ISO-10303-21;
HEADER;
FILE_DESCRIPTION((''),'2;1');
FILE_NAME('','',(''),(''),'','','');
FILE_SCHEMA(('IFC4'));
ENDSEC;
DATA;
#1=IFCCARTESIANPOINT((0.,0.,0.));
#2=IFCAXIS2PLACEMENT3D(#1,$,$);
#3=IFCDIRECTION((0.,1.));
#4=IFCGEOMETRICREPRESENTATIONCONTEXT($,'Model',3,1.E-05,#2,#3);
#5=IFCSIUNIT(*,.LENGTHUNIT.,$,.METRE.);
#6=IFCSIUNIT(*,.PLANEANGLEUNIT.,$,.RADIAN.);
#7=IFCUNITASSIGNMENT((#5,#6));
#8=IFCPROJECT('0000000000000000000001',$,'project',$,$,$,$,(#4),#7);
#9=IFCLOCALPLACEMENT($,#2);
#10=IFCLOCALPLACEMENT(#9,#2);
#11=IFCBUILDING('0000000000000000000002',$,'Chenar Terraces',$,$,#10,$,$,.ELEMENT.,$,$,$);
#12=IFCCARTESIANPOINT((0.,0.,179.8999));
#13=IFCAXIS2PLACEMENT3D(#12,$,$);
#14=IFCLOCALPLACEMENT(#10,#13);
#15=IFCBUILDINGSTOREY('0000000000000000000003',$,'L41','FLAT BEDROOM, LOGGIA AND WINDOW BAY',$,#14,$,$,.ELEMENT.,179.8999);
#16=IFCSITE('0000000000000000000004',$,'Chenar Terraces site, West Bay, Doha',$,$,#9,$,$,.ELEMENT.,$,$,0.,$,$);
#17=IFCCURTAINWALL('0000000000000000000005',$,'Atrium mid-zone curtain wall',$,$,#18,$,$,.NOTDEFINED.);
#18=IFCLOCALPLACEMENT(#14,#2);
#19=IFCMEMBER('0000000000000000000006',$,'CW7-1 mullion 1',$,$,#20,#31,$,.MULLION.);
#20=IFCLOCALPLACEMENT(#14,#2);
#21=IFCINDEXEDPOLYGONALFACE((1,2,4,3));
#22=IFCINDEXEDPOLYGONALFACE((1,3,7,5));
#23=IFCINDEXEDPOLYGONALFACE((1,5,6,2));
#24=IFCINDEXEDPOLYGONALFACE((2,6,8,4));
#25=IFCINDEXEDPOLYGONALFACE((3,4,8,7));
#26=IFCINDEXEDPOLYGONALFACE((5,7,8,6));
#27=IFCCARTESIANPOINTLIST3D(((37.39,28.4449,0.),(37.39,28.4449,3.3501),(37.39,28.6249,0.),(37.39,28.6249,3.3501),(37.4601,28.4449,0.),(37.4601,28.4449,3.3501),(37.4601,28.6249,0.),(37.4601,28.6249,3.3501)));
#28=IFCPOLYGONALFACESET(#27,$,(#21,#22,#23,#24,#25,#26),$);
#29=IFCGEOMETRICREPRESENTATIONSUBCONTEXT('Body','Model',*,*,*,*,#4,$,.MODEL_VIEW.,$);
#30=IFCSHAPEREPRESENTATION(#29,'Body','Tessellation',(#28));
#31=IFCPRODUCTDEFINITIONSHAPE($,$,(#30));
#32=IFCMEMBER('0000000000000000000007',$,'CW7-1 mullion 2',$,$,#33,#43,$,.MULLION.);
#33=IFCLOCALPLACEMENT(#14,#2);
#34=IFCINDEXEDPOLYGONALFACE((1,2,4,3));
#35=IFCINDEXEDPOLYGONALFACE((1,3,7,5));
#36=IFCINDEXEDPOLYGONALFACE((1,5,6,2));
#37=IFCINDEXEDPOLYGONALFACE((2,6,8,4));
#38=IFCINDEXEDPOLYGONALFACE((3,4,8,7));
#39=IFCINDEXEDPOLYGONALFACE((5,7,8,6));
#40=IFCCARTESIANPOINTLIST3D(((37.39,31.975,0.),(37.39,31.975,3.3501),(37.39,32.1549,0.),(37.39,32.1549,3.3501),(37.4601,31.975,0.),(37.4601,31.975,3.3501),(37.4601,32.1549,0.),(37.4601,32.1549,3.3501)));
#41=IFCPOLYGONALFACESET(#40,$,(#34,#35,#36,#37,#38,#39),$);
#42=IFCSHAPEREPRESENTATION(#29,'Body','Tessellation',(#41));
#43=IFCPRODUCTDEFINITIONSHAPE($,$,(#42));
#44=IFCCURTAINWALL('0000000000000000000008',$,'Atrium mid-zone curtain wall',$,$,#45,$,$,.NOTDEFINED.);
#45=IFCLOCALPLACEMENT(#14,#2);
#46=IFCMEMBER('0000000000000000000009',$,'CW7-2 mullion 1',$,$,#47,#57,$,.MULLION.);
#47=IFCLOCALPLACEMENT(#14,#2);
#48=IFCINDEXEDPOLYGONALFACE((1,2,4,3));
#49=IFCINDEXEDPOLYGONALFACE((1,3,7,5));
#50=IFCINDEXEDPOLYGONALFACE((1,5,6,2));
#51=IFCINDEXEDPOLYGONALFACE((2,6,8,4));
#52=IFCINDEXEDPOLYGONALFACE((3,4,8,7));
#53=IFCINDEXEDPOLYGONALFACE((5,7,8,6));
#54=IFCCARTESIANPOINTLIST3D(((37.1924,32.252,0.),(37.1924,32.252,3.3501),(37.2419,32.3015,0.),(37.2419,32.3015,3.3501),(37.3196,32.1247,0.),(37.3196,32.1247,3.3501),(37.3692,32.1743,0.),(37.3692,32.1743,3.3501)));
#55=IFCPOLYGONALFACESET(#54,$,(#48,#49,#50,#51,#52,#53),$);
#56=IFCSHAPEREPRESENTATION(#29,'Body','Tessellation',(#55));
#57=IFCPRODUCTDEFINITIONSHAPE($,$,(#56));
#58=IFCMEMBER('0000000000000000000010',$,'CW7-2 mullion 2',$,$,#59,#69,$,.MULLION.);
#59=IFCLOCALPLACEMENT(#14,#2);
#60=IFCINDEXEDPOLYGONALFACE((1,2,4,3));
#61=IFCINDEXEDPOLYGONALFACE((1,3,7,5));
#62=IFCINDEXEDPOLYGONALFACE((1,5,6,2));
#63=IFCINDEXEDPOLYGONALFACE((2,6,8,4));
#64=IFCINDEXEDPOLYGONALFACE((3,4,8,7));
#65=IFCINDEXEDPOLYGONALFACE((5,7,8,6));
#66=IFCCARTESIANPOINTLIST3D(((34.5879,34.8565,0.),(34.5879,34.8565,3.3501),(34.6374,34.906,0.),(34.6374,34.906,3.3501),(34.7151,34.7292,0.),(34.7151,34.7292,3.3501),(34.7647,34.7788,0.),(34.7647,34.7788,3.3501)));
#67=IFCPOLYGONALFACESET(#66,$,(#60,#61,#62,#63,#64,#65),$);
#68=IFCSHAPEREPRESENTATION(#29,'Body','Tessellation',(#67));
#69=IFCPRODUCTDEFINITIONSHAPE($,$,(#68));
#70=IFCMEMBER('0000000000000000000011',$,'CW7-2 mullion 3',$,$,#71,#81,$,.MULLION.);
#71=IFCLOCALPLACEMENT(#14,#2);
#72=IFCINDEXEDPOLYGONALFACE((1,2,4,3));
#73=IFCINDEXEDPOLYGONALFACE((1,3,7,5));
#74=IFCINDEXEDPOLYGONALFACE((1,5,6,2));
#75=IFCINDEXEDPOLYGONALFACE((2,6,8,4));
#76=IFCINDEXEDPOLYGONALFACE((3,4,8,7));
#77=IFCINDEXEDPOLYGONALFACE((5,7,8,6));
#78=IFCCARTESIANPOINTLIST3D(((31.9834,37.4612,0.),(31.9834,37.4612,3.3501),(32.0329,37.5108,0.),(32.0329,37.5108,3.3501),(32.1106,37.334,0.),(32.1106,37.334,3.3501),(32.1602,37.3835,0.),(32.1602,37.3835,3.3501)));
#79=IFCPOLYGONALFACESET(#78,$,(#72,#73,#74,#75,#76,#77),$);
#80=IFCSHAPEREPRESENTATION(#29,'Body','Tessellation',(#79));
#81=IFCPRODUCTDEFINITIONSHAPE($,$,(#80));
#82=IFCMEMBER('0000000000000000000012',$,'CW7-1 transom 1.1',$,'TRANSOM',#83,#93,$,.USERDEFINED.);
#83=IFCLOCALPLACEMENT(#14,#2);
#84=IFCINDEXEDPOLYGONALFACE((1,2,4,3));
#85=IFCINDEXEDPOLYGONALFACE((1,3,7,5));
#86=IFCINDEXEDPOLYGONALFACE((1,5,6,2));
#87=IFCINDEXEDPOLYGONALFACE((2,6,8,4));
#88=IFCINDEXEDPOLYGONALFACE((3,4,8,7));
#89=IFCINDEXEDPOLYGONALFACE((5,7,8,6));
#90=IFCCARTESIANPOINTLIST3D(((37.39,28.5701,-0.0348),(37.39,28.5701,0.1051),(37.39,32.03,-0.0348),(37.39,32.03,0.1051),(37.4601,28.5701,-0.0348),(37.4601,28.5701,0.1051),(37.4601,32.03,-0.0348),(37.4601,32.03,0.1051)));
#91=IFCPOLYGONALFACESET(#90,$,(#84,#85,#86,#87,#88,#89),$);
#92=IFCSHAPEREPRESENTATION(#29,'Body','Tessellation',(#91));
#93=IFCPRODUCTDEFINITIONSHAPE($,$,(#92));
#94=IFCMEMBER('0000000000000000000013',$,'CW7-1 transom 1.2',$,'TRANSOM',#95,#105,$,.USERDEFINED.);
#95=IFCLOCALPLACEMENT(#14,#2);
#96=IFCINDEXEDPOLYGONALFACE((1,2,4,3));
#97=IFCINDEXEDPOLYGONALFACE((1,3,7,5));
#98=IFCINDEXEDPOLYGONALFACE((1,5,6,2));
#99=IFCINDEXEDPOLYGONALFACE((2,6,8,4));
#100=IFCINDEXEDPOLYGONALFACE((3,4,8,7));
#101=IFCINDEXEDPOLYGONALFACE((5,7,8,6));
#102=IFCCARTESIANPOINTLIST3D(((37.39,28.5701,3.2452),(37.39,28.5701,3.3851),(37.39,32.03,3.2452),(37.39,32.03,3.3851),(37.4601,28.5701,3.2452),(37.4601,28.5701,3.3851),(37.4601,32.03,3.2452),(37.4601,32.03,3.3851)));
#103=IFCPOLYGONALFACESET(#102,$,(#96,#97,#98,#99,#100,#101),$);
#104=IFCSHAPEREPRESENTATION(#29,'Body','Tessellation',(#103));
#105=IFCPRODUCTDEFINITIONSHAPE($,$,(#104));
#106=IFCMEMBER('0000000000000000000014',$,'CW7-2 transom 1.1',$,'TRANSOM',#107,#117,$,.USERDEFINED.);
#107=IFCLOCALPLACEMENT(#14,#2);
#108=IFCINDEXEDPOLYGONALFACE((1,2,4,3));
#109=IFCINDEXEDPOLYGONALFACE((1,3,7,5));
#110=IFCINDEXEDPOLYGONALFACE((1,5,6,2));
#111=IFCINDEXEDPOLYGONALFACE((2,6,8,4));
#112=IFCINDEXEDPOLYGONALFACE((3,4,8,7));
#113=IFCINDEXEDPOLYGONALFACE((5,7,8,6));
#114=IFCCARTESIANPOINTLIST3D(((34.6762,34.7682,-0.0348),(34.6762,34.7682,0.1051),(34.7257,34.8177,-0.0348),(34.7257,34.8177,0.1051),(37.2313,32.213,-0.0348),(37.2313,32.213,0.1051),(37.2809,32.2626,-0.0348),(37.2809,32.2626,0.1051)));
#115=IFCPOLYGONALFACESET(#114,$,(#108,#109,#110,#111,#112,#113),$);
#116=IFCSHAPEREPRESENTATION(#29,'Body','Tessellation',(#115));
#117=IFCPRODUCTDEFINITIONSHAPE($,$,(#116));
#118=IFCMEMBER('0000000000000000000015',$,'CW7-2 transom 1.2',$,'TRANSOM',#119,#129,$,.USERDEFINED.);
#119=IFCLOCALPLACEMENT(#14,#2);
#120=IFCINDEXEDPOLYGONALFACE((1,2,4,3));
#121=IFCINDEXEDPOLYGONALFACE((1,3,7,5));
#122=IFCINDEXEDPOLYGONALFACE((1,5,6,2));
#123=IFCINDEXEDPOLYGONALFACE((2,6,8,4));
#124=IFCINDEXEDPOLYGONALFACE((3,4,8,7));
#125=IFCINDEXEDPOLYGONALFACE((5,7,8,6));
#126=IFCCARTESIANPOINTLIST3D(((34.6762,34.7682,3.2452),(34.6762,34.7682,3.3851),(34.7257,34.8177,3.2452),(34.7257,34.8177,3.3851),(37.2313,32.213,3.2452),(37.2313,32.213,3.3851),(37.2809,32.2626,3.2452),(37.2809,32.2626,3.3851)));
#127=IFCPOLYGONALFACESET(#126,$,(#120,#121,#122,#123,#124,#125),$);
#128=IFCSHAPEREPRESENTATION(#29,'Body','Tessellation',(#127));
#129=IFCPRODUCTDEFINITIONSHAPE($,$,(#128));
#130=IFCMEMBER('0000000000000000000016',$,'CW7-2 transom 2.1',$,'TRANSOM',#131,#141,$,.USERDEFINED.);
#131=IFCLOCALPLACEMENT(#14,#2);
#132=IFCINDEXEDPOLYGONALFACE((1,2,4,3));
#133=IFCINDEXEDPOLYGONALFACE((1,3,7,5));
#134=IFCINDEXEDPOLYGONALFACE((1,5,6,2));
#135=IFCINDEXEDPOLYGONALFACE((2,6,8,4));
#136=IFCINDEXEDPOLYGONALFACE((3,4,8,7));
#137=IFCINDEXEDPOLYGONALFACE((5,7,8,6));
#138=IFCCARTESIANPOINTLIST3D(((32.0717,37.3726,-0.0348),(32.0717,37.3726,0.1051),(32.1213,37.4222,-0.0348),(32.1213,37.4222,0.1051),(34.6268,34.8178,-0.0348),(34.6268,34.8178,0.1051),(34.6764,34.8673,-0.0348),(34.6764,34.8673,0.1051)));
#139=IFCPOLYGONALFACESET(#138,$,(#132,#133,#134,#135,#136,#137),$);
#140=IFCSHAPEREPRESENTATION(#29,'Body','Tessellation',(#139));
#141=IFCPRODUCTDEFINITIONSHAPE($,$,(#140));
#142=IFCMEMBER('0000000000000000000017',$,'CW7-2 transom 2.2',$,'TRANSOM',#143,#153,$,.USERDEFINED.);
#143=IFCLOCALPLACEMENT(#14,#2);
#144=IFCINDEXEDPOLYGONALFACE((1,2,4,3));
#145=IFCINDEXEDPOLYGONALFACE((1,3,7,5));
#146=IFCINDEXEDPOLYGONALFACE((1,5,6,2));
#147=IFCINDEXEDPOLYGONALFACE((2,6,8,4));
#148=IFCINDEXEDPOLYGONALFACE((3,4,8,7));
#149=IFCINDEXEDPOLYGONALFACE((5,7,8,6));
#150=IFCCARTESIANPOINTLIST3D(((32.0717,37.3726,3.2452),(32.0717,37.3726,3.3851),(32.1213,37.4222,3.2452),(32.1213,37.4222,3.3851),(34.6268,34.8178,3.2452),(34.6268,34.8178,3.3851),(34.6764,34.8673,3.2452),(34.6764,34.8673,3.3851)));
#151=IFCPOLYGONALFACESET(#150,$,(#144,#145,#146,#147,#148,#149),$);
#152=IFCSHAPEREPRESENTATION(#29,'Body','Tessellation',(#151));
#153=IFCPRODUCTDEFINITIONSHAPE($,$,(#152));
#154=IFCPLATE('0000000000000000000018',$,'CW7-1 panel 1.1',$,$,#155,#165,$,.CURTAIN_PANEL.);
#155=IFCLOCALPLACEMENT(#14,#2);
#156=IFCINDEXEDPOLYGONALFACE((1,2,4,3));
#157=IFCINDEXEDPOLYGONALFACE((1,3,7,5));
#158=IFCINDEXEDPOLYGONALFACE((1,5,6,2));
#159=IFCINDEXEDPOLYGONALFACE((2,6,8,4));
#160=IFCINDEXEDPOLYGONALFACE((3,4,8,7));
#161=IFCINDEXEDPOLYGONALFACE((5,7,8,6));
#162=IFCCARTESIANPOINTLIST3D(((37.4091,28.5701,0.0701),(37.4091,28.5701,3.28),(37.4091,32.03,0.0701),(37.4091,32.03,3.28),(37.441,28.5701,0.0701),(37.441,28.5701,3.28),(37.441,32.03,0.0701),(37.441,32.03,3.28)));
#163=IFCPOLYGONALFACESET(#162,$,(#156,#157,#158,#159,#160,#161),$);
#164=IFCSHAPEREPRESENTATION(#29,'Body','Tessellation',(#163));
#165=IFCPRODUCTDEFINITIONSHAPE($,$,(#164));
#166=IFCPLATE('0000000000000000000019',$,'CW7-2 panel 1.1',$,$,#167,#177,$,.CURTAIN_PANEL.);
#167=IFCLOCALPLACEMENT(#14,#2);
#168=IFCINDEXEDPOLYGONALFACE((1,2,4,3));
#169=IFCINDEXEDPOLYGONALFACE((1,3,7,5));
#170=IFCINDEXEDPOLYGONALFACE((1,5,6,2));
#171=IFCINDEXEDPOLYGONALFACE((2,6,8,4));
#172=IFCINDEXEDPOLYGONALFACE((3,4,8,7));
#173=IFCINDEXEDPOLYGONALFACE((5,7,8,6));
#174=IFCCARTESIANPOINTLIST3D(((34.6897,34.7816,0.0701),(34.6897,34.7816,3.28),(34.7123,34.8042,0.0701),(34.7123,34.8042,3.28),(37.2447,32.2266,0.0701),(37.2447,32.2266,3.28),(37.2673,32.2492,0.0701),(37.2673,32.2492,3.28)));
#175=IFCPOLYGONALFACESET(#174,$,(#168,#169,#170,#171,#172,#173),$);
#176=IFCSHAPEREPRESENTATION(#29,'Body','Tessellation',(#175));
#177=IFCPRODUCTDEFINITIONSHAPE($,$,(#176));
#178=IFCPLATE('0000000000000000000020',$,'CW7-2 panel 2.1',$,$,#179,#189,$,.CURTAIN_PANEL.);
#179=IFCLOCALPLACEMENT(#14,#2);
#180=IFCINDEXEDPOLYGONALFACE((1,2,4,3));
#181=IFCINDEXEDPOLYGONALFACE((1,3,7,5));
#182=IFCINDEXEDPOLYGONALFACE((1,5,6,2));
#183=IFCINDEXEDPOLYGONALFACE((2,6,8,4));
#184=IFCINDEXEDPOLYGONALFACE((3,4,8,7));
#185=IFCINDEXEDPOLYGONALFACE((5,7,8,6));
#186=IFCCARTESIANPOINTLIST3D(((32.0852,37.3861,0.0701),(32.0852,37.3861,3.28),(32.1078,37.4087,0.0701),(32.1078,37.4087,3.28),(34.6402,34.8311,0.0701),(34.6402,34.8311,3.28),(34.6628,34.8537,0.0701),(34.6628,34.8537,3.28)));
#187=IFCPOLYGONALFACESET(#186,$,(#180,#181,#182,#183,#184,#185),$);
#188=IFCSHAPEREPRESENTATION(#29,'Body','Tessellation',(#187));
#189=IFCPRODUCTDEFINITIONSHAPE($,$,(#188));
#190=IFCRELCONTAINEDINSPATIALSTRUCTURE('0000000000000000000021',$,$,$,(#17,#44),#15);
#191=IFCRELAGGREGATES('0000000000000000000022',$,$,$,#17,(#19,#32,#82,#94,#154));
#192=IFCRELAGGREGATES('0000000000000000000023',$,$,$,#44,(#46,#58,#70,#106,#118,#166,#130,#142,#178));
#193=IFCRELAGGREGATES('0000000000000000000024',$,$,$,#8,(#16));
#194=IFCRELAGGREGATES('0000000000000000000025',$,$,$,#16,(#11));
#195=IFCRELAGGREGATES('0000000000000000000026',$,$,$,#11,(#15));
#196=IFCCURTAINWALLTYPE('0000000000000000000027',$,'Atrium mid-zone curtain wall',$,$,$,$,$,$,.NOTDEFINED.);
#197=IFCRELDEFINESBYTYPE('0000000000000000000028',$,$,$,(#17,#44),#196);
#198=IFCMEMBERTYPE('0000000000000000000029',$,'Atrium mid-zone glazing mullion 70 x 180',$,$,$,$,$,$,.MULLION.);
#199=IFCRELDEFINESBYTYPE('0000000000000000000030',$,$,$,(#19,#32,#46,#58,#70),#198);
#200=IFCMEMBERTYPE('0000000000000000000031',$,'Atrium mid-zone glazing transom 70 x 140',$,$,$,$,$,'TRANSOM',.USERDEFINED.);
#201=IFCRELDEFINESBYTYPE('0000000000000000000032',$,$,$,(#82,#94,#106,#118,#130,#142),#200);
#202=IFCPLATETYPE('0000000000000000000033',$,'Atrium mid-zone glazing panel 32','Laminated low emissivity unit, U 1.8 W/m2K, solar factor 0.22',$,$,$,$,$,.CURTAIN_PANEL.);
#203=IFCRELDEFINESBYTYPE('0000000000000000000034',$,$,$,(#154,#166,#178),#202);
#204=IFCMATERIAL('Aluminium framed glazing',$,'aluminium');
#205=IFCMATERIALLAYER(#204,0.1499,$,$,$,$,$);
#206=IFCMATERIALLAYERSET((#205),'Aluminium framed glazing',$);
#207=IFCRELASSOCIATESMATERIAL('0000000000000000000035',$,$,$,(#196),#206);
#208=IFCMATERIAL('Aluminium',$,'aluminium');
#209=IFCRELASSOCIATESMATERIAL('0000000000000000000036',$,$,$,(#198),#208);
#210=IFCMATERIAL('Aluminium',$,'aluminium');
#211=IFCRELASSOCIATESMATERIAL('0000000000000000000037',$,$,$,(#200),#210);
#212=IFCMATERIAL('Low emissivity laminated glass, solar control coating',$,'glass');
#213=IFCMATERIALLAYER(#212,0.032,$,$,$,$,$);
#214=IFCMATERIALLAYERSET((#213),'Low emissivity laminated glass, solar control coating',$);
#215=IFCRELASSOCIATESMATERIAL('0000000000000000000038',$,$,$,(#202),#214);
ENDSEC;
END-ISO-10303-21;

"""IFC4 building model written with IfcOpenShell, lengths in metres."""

from ifc_helpers import new_model, si_unit, direction, frame, origin, origin_2d, place, context, subcontext, project, spatial, rectangle, extrude, material, layer, layer_set, material_profile, profile_set, type_object, element, aggregate, save


model = new_model("IFC4")

# Units and contexts
model_context = context("Model", 3, precision=1e-05, world=origin(), true_north=direction((0.0, 1.0)))
body_context = subcontext(model_context, "Body", "Model", "MODEL_VIEW")
ifc_project = project(units=[si_unit("LENGTHUNIT", "METRE"), si_unit("PLANEANGLEUNIT", "RADIAN")], contexts=[model_context])

# Site, building, storey
site_placement = place(None, origin())
site = spatial("IfcSite", under=ifc_project, at=site_placement, Name="Chenar Terraces site, West Bay, Doha", CompositionType="ELEMENT", RefElevation=0.0)
building_placement = place(site_placement, origin())
building = spatial("IfcBuilding", under=site, at=building_placement, Name="Chenar Terraces", CompositionType="ELEMENT")
storey_placement = place(building_placement, frame((0.0, 0.0, 179.8999)))
storey = spatial("IfcBuildingStorey", under=building, at=storey_placement, Name="L41", Description="FLAT BEDROOM, LOGGIA AND WINDOW BAY", CompositionType="ELEMENT", Elevation=179.8999)

# Curtain walls, members
ifc_material_1 = material(Name="Aluminium framed glazing", Category="aluminium")
ifc_layer_1 = layer(ifc_material_1, 0.1499)
ifc_layer_set_1 = layer_set([ifc_layer_1], Name="Aluminium framed glazing")
curtain_wall_type = type_object("IfcCurtainWallType", Name="Atrium mid-zone curtain wall", PredefinedType="NOTDEFINED", material=ifc_layer_set_1)
placement = place(storey_placement, origin())
curtain_wall_1 = element("IfcCurtainWall", 1, at=placement, inside=storey, type_object=curtain_wall_type, Name="Atrium mid-zone curtain wall", PredefinedType="NOTDEFINED")
ifc_material_2 = material(Name="Aluminium", Category="aluminium")
ifc_material_profile_1 = material_profile(ifc_material_2, rectangle(XDim=0.0701, YDim=0.1799, at=origin_2d()), Name="Atrium mid-zone glazing mullion 70 x 180")
ifc_profile_set_1 = profile_set([ifc_material_profile_1], Name="Aluminium")
member_type_1 = type_object("IfcMemberType", Name="Atrium mid-zone glazing mullion 70 x 180", PredefinedType="MULLION", material=ifc_profile_set_1)
member_1_placement = place(storey_placement, frame((37.425, 28.5349, 0.0), z_axis=(0.0, 0.0, 1.0), x_axis=(-1.0, 0.0, 0.0)))
member_1 = element("IfcMember", 2, at=member_1_placement, type_object=member_type_1, Name="CW7-1 mullion 1", PredefinedType="MULLION", context=body_context, shape_type="SweptSolid", body=[
    extrude(rectangle(XDim=0.0701, YDim=0.1799, at=origin_2d()), origin(), (0.0, 0.0, 1.0), 3.3501),
])
member_2_placement = place(storey_placement, frame((37.425, 32.0649, 0.0), z_axis=(0.0, 0.0, 1.0), x_axis=(-1.0, 0.0, 0.0)))
member_2 = element("IfcMember", 3, at=member_2_placement, type_object=member_type_1, Name="CW7-1 mullion 2", PredefinedType="MULLION", context=body_context, shape_type="SweptSolid", body=[
    extrude(rectangle(XDim=0.0701, YDim=0.1799, at=origin_2d()), origin(), (0.0, 0.0, 1.0), 3.3501),
])
curtain_wall_2 = element("IfcCurtainWall", 4, at=placement, inside=storey, type_object=curtain_wall_type, Name="Atrium mid-zone curtain wall", PredefinedType="NOTDEFINED")
member_3_placement = place(storey_placement, frame((37.2808, 32.2131, 0.0), z_axis=(0.0, 0.0, 1.0), x_axis=(-0.707107, -0.707107, 0.0)))
member_3 = element("IfcMember", 5, at=member_3_placement, type_object=member_type_1, Name="CW7-2 mullion 1", PredefinedType="MULLION", context=body_context, shape_type="SweptSolid", body=[
    extrude(rectangle(XDim=0.0701, YDim=0.1799, at=origin_2d()), origin(), (0.0, 0.0, 1.0), 3.3501),
])
member_4_placement = place(storey_placement, frame((34.6763, 34.8176, 0.0), z_axis=(0.0, 0.0, 1.0), x_axis=(-0.707107, -0.707107, 0.0)))
member_4 = element("IfcMember", 6, at=member_4_placement, type_object=member_type_1, Name="CW7-2 mullion 2", PredefinedType="MULLION", context=body_context, shape_type="SweptSolid", body=[
    extrude(rectangle(XDim=0.0701, YDim=0.1799, at=origin_2d()), origin(), (0.0, 0.0, 1.0), 3.3501),
])
member_5_placement = place(storey_placement, frame((32.0718, 37.4224, 0.0), z_axis=(0.0, 0.0, 1.0), x_axis=(-0.707107, -0.707107, 0.0)))
member_5 = element("IfcMember", 7, at=member_5_placement, type_object=member_type_1, Name="CW7-2 mullion 3", PredefinedType="MULLION", context=body_context, shape_type="SweptSolid", body=[
    extrude(rectangle(XDim=0.0701, YDim=0.1799, at=origin_2d()), origin(), (0.0, 0.0, 1.0), 3.3501),
])

# Members
ifc_material_3 = material(Name="Aluminium", Category="aluminium")
ifc_material_profile_2 = material_profile(ifc_material_3, rectangle(XDim=0.0701, YDim=0.1399, at=origin_2d()), Name="Atrium mid-zone glazing transom 70 x 140")
ifc_profile_set_2 = profile_set([ifc_material_profile_2], Name="Aluminium")
member_type_2 = type_object("IfcMemberType", Name="Atrium mid-zone glazing transom 70 x 140", ElementType="TRANSOM", PredefinedType="USERDEFINED", material=ifc_profile_set_2)
member_6_placement = place(storey_placement, frame((37.425, 28.5701, 0.0352), z_axis=(0.0, 1.0, 0.0), x_axis=(-1.0, 0.0, 0.0)))
member_6 = element("IfcMember", 8, at=member_6_placement, type_object=member_type_2, Name="CW7-1 transom 1.1", ObjectType="TRANSOM", PredefinedType="USERDEFINED", context=body_context, shape_type="SweptSolid", body=[
    extrude(rectangle(XDim=0.0701, YDim=0.1399, at=origin_2d()), origin(), (0.0, 0.0, 1.0), 3.46),
])
member_7_placement = place(storey_placement, frame((37.425, 28.5701, 3.3152), z_axis=(0.0, 1.0, 0.0), x_axis=(-1.0, 0.0, 0.0)))
member_7 = element("IfcMember", 9, at=member_7_placement, type_object=member_type_2, Name="CW7-1 transom 1.2", ObjectType="TRANSOM", PredefinedType="USERDEFINED", context=body_context, shape_type="SweptSolid", body=[
    extrude(rectangle(XDim=0.0701, YDim=0.1399, at=origin_2d()), origin(), (0.0, 0.0, 1.0), 3.46),
])
member_8_placement = place(storey_placement, frame((37.2561, 32.2378, 0.0352), z_axis=(-0.707107, 0.707107, 0.0), x_axis=(-0.707107, -0.707107, 0.0)))
member_8 = element("IfcMember", 10, at=member_8_placement, type_object=member_type_2, Name="CW7-2 transom 1.1", ObjectType="TRANSOM", PredefinedType="USERDEFINED", context=body_context, shape_type="SweptSolid", body=[
    extrude(rectangle(XDim=0.0701, YDim=0.1399, at=origin_2d()), origin(), (0.0, 0.0, 1.0), 3.6135),
])
member_9_placement = place(storey_placement, frame((37.2561, 32.2378, 3.3152), z_axis=(-0.707107, 0.707107, 0.0), x_axis=(-0.707107, -0.707107, 0.0)))
member_9 = element("IfcMember", 11, at=member_9_placement, type_object=member_type_2, Name="CW7-2 transom 1.2", ObjectType="TRANSOM", PredefinedType="USERDEFINED", context=body_context, shape_type="SweptSolid", body=[
    extrude(rectangle(XDim=0.0701, YDim=0.1399, at=origin_2d()), origin(), (0.0, 0.0, 1.0), 3.6135),
])
member_10_placement = place(storey_placement, frame((34.6516, 34.8425, 0.0352), z_axis=(-0.707141, 0.707073, 0.0), x_axis=(-0.707073, -0.707141, 0.0)))
member_10 = element("IfcMember", 12, at=member_10_placement, type_object=member_type_2, Name="CW7-2 transom 2.1", ObjectType="TRANSOM", PredefinedType="USERDEFINED", context=body_context, shape_type="SweptSolid", body=[
    extrude(rectangle(XDim=0.0701, YDim=0.1399, at=origin_2d()), origin(), (0.0, 0.0, 1.0), 3.6133),
])
member_11_placement = place(storey_placement, frame((34.6516, 34.8425, 3.3152), z_axis=(-0.707141, 0.707073, 0.0), x_axis=(-0.707073, -0.707141, 0.0)))
member_11 = element("IfcMember", 13, at=member_11_placement, type_object=member_type_2, Name="CW7-2 transom 2.2", ObjectType="TRANSOM", PredefinedType="USERDEFINED", context=body_context, shape_type="SweptSolid", body=[
    extrude(rectangle(XDim=0.0701, YDim=0.1399, at=origin_2d()), origin(), (0.0, 0.0, 1.0), 3.6133),
])

# Plates
ifc_material_4 = material(Name="Low emissivity laminated glass, solar control coating", Category="glass")
ifc_layer_2 = layer(ifc_material_4, 0.032)
ifc_layer_set_2 = layer_set([ifc_layer_2], Name="Low emissivity laminated glass, solar control coating")
plate_type = type_object("IfcPlateType", Name="Atrium mid-zone glazing panel 32", Description="Laminated low emissivity unit, U 1.8 W/m2K, solar factor 0.22", PredefinedType="CURTAIN_PANEL", material=ifc_layer_set_2)
plate_1_placement = place(storey_placement, frame((37.425, 30.3, 0.0701), z_axis=(0.0, 0.0, 1.0), x_axis=(0.0, 1.0, 0.0)))
plate_1 = element("IfcPlate", 14, at=plate_1_placement, type_object=plate_type, Name="CW7-1 panel 1.1", PredefinedType="CURTAIN_PANEL", context=body_context, shape_type="SweptSolid", body=[
    extrude(rectangle(XDim=3.46, YDim=0.032, at=origin_2d()), origin(), (0.0, 0.0, 1.0), 3.21),
])
aggregate(curtain_wall_1, [member_1, member_2, member_6, member_7, plate_1])
plate_2_placement = place(storey_placement, frame((35.9785, 33.5154, 0.0701), z_axis=(0.0, 0.0, 1.0), x_axis=(-0.707107, 0.707107, 0.0)))
plate_2 = element("IfcPlate", 15, at=plate_2_placement, type_object=plate_type, Name="CW7-2 panel 1.1", PredefinedType="CURTAIN_PANEL", context=body_context, shape_type="SweptSolid", body=[
    extrude(rectangle(XDim=3.6133, YDim=0.032, at=origin_2d()), origin(), (0.0, 0.0, 1.0), 3.21),
])
plate_3_placement = place(storey_placement, frame((33.374, 36.1199, 0.0701), z_axis=(0.0, 0.0, 1.0), x_axis=(-0.707107, 0.707107, 0.0)))
plate_3 = element("IfcPlate", 16, at=plate_3_placement, type_object=plate_type, Name="CW7-2 panel 2.1", PredefinedType="CURTAIN_PANEL", context=body_context, shape_type="SweptSolid", body=[
    extrude(rectangle(XDim=3.6133, YDim=0.032, at=origin_2d()), origin(), (0.0, 0.0, 1.0), 3.21),
])
aggregate(curtain_wall_2, [member_3, member_4, member_5, member_8, member_9, plate_2, member_10, member_11, plate_3])

save(model, "model.ifc")
